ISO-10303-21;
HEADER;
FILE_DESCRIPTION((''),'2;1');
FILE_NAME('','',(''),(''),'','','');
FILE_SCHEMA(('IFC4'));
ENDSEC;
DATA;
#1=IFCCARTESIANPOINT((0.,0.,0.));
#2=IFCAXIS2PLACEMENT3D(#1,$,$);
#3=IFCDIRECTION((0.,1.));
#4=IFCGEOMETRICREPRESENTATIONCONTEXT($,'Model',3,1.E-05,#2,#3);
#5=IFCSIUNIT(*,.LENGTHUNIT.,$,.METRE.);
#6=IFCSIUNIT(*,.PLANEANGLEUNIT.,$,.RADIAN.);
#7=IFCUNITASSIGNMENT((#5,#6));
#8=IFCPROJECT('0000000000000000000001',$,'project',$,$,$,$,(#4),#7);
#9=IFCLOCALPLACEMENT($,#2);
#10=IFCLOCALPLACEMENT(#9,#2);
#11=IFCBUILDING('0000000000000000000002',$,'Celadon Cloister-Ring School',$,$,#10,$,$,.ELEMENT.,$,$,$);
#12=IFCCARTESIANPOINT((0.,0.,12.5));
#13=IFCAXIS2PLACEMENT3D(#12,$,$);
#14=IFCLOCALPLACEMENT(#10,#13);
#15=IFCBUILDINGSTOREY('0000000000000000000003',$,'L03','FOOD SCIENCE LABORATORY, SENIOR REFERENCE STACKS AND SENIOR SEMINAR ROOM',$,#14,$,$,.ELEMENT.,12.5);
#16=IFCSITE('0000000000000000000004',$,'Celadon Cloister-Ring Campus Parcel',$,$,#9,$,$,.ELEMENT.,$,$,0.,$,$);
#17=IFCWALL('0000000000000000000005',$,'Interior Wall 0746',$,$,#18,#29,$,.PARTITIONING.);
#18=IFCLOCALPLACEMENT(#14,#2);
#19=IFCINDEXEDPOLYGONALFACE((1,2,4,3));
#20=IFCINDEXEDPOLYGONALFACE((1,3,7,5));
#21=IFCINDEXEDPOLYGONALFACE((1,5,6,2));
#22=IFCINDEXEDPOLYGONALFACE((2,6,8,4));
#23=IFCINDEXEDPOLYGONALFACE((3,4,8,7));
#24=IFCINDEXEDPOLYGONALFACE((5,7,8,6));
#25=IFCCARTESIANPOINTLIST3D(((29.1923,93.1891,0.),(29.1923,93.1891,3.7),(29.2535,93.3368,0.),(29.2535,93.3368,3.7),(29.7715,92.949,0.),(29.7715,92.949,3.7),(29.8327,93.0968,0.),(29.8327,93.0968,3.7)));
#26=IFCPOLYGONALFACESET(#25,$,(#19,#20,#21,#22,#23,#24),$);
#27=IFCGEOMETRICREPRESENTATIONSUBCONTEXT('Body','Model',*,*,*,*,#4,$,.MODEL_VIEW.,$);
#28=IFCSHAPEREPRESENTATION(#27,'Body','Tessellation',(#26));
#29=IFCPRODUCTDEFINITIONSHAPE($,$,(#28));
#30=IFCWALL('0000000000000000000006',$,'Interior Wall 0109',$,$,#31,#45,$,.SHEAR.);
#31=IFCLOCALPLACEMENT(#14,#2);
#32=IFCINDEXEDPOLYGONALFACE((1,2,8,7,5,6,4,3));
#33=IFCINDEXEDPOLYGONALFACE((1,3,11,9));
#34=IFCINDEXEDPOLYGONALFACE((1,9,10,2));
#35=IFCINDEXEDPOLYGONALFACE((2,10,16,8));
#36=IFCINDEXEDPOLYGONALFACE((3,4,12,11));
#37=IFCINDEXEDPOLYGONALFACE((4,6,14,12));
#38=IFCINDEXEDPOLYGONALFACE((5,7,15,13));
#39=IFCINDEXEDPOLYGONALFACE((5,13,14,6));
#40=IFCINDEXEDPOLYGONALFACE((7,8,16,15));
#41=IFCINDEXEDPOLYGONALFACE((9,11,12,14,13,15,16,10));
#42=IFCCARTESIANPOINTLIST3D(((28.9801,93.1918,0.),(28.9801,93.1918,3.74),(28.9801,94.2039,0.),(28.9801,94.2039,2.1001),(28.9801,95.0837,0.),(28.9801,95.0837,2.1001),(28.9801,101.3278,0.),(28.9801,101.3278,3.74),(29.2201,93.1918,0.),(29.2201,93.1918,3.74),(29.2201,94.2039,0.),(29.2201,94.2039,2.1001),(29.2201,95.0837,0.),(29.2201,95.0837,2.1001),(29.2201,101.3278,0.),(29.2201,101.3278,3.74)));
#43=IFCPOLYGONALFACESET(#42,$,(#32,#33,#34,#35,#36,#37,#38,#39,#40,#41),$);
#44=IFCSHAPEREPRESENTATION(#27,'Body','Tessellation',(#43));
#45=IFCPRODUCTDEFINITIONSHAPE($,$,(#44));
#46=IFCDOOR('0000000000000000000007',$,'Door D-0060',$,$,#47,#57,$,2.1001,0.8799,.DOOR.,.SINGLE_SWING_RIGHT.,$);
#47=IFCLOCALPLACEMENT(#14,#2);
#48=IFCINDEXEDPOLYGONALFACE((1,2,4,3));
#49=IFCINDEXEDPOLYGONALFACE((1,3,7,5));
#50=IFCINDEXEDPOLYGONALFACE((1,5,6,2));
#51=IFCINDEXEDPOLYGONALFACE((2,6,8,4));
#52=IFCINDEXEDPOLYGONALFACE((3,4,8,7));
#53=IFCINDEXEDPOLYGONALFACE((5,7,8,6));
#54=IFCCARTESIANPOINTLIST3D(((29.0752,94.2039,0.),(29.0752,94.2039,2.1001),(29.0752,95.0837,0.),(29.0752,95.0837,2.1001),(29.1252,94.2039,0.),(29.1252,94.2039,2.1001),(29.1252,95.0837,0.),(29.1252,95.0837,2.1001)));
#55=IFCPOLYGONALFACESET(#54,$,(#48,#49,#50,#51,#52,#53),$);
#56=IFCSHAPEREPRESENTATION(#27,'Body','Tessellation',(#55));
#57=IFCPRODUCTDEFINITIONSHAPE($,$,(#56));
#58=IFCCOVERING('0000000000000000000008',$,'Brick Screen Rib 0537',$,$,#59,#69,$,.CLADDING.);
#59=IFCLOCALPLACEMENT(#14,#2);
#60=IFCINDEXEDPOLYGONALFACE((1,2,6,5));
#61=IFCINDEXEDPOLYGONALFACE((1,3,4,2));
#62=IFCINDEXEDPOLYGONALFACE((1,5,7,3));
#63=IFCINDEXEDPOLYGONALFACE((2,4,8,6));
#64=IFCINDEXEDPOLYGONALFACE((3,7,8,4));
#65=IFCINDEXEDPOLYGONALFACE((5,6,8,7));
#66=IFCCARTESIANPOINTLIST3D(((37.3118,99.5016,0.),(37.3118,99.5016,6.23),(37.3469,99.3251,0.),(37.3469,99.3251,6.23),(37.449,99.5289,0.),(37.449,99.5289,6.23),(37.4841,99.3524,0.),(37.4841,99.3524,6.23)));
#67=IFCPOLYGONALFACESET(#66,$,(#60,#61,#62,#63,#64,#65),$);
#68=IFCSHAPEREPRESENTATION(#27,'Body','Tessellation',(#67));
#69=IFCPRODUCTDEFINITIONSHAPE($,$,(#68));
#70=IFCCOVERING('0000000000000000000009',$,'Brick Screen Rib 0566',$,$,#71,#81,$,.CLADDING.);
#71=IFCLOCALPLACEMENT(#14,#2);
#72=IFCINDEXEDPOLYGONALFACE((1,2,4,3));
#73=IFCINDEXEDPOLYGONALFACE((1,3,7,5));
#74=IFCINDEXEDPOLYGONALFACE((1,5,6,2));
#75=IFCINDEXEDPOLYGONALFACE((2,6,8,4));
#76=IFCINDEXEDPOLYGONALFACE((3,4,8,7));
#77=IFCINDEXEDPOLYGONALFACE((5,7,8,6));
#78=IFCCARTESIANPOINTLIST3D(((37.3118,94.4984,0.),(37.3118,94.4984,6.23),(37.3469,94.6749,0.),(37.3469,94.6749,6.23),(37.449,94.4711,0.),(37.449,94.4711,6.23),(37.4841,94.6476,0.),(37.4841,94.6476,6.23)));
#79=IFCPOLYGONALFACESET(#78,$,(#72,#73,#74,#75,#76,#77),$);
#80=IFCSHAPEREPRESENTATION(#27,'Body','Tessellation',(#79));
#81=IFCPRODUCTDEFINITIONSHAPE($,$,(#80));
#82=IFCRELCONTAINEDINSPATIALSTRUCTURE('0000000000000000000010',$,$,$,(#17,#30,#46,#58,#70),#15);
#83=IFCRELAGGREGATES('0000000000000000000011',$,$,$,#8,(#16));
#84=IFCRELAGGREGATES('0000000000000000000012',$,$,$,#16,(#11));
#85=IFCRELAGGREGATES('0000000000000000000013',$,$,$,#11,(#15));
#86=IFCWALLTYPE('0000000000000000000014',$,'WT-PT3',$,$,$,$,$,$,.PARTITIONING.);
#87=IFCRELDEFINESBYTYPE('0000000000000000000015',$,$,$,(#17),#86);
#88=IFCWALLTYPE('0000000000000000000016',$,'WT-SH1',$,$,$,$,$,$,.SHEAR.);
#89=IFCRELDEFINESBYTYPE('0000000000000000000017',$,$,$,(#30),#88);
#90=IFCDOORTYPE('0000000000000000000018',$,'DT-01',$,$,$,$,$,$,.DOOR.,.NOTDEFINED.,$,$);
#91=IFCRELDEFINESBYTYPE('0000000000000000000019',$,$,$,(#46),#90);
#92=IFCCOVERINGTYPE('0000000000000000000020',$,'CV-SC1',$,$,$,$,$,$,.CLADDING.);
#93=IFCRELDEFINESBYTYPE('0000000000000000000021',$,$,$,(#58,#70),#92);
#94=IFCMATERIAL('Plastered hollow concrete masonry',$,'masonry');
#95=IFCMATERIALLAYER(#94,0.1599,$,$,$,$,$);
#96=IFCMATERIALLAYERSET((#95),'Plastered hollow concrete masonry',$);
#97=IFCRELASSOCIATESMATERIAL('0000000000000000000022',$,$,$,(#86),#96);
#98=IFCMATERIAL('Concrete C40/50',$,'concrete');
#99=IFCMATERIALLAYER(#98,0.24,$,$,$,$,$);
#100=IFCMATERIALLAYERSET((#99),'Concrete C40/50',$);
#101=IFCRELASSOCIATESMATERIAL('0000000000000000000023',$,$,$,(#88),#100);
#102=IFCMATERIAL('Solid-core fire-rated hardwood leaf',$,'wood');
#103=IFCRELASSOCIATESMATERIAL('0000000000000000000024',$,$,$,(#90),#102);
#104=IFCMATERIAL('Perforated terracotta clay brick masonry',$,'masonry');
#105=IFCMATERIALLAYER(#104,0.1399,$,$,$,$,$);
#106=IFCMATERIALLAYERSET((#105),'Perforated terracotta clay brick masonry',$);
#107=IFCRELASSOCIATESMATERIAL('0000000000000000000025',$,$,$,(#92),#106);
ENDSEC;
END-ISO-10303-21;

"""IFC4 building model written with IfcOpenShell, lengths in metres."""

from ifc_helpers import new_model, si_unit, direction, frame, frame_2d, origin, origin_2d, place, context, subcontext, project, spatial, rectangle, extrude, material, layer, layer_set, type_object, element, fill, save


model = new_model("IFC4")

# Units and contexts
model_context = context("Model", 3, precision=1e-05, world=origin(), true_north=direction((0.0, 1.0)))
body_context = subcontext(model_context, "Body", "Model", "MODEL_VIEW")
ifc_project = project(units=[si_unit("LENGTHUNIT", "METRE"), si_unit("PLANEANGLEUNIT", "RADIAN")], contexts=[model_context])

# Site, building, storey
site_placement = place(None, origin())
site = spatial("IfcSite", under=ifc_project, at=site_placement, Name="Celadon Cloister-Ring Campus Parcel", CompositionType="ELEMENT", RefElevation=0.0)
building_placement = place(site_placement, origin())
building = spatial("IfcBuilding", under=site, at=building_placement, Name="Celadon Cloister-Ring School", CompositionType="ELEMENT")
storey_placement = place(building_placement, frame((0.0, 0.0, 12.5)))
storey = spatial("IfcBuildingStorey", under=building, at=storey_placement, Name="L03", Description="FOOD SCIENCE LABORATORY, SENIOR REFERENCE STACKS AND SENIOR SEMINAR ROOM", CompositionType="ELEMENT", Elevation=12.5)

# Wall
ifc_material_1 = material(Name="Plastered hollow concrete masonry", Category="masonry")
ifc_layer_1 = layer(ifc_material_1, 0.1599)
ifc_layer_set_1 = layer_set([ifc_layer_1], Name="Plastered hollow concrete masonry")
wall_type_1 = type_object("IfcWallType", Name="WT-PT3", PredefinedType="PARTITIONING", material=ifc_layer_set_1)
wall_1_placement = place(storey_placement, frame((29.2229, 93.2629, 0.0), z_axis=(0.0, 0.0, 1.0), x_axis=(0.923813, -0.382845, 0.0)))
element("IfcWall", 1, at=wall_1_placement, inside=storey, type_object=wall_type_1, Name="Interior Wall 0746", PredefinedType="PARTITIONING", context=body_context, shape_type="SweptSolid", body=[
    extrude(rectangle(XDim=0.627, YDim=0.1599, at=frame_2d((0.3135, 0.0))), origin(), (0.0, 0.0, 1.0), 3.7),
])

# Wall, opening, door
ifc_material_2 = material(Name="Concrete C40/50", Category="concrete")
ifc_layer_2 = layer(ifc_material_2, 0.24)
ifc_layer_set_2 = layer_set([ifc_layer_2], Name="Concrete C40/50")
wall_type_2 = type_object("IfcWallType", Name="WT-SH1", PredefinedType="SHEAR", material=ifc_layer_set_2)
wall_2_placement = place(storey_placement, frame((29.1001, 93.1919, 0.0), z_axis=(0.0, 0.0, 1.0), x_axis=(0.0, 1.0, 0.0)))
wall_2 = element("IfcWall", 2, at=wall_2_placement, inside=storey, type_object=wall_type_2, Name="Interior Wall 0109", PredefinedType="SHEAR", context=body_context, shape_type="SweptSolid", body=[
    extrude(rectangle(XDim=8.136, YDim=0.24, at=frame_2d((4.0679, 0.0))), origin(), (0.0, 0.0, 1.0), 3.74),
])
opening_1_placement = place(wall_2_placement, frame((1.012, 0.0, 0.0)))
opening_1 = element("IfcOpeningElement", 3, at=opening_1_placement, cuts=wall_2, PredefinedType="OPENING", context=body_context, shape_type="SweptSolid", body=[
    extrude(rectangle(XDim=0.8799, YDim=2.1001, at=frame_2d((0.4399, 1.05))), frame((0.0, 0.1299, 0.0), z_axis=(0.0, -1.0, 0.0), x_axis=(1.0, 0.0, 0.0)), (0.0, 0.0, 1.0), 0.26),
])
ifc_material_3 = material(Name="Solid-core fire-rated hardwood leaf", Category="wood")
door_type = type_object("IfcDoorType", Name="DT-01", OperationType="NOTDEFINED", PredefinedType="DOOR", material=ifc_material_3)
door_placement = place(opening_1_placement, origin())
door = element("IfcDoor", 4, at=door_placement, inside=storey, type_object=door_type, Name="Door D-0060", OperationType="SINGLE_SWING_RIGHT", OverallHeight=2.1001, OverallWidth=0.8799, PredefinedType="DOOR", context=body_context, shape_type="SweptSolid", body=[
    extrude(rectangle(XDim=0.8799, YDim=2.1001, at=frame_2d((0.4399, 1.05))), frame((0.0, 0.0249, 0.0), z_axis=(0.0, -1.0, 0.0), x_axis=(1.0, 0.0, 0.0)), (0.0, 0.0, 1.0), 0.05),
])
fill(opening_1, door)

# Coverings
ifc_material_4 = material(Name="Perforated terracotta clay brick masonry", Category="masonry")
ifc_layer_3 = layer(ifc_material_4, 0.1399)
ifc_layer_set_3 = layer_set([ifc_layer_3], Name="Perforated terracotta clay brick masonry")
covering_type = type_object("IfcCoveringType", Name="CV-SC1", PredefinedType="CLADDING", material=ifc_layer_set_3)
for number, where, z_axis, x_axis, name in (
    (5, (37.3979, 99.427, 0.0), (0.0, 0.0, 1.0), (0.195142, -0.980775, 0.0), "Brick Screen Rib 0537"),
    (6, (37.3979, 94.573, 0.0), (0.0, 0.0, 1.0), (-0.195142, -0.980775, 0.0), "Brick Screen Rib 0566"),
):
    element("IfcCovering", number, at=place(storey_placement, frame(where, z_axis=z_axis, x_axis=x_axis)), inside=storey, type_object=covering_type, Name=name, PredefinedType="CLADDING", context=body_context, shape_type="SweptSolid", body=[
        extrude(rectangle(XDim=0.1799, YDim=0.1399, at=origin_2d()), origin(), (0.0, 0.0, 1.0), 6.23),
    ])

save(model, "model.ifc")
